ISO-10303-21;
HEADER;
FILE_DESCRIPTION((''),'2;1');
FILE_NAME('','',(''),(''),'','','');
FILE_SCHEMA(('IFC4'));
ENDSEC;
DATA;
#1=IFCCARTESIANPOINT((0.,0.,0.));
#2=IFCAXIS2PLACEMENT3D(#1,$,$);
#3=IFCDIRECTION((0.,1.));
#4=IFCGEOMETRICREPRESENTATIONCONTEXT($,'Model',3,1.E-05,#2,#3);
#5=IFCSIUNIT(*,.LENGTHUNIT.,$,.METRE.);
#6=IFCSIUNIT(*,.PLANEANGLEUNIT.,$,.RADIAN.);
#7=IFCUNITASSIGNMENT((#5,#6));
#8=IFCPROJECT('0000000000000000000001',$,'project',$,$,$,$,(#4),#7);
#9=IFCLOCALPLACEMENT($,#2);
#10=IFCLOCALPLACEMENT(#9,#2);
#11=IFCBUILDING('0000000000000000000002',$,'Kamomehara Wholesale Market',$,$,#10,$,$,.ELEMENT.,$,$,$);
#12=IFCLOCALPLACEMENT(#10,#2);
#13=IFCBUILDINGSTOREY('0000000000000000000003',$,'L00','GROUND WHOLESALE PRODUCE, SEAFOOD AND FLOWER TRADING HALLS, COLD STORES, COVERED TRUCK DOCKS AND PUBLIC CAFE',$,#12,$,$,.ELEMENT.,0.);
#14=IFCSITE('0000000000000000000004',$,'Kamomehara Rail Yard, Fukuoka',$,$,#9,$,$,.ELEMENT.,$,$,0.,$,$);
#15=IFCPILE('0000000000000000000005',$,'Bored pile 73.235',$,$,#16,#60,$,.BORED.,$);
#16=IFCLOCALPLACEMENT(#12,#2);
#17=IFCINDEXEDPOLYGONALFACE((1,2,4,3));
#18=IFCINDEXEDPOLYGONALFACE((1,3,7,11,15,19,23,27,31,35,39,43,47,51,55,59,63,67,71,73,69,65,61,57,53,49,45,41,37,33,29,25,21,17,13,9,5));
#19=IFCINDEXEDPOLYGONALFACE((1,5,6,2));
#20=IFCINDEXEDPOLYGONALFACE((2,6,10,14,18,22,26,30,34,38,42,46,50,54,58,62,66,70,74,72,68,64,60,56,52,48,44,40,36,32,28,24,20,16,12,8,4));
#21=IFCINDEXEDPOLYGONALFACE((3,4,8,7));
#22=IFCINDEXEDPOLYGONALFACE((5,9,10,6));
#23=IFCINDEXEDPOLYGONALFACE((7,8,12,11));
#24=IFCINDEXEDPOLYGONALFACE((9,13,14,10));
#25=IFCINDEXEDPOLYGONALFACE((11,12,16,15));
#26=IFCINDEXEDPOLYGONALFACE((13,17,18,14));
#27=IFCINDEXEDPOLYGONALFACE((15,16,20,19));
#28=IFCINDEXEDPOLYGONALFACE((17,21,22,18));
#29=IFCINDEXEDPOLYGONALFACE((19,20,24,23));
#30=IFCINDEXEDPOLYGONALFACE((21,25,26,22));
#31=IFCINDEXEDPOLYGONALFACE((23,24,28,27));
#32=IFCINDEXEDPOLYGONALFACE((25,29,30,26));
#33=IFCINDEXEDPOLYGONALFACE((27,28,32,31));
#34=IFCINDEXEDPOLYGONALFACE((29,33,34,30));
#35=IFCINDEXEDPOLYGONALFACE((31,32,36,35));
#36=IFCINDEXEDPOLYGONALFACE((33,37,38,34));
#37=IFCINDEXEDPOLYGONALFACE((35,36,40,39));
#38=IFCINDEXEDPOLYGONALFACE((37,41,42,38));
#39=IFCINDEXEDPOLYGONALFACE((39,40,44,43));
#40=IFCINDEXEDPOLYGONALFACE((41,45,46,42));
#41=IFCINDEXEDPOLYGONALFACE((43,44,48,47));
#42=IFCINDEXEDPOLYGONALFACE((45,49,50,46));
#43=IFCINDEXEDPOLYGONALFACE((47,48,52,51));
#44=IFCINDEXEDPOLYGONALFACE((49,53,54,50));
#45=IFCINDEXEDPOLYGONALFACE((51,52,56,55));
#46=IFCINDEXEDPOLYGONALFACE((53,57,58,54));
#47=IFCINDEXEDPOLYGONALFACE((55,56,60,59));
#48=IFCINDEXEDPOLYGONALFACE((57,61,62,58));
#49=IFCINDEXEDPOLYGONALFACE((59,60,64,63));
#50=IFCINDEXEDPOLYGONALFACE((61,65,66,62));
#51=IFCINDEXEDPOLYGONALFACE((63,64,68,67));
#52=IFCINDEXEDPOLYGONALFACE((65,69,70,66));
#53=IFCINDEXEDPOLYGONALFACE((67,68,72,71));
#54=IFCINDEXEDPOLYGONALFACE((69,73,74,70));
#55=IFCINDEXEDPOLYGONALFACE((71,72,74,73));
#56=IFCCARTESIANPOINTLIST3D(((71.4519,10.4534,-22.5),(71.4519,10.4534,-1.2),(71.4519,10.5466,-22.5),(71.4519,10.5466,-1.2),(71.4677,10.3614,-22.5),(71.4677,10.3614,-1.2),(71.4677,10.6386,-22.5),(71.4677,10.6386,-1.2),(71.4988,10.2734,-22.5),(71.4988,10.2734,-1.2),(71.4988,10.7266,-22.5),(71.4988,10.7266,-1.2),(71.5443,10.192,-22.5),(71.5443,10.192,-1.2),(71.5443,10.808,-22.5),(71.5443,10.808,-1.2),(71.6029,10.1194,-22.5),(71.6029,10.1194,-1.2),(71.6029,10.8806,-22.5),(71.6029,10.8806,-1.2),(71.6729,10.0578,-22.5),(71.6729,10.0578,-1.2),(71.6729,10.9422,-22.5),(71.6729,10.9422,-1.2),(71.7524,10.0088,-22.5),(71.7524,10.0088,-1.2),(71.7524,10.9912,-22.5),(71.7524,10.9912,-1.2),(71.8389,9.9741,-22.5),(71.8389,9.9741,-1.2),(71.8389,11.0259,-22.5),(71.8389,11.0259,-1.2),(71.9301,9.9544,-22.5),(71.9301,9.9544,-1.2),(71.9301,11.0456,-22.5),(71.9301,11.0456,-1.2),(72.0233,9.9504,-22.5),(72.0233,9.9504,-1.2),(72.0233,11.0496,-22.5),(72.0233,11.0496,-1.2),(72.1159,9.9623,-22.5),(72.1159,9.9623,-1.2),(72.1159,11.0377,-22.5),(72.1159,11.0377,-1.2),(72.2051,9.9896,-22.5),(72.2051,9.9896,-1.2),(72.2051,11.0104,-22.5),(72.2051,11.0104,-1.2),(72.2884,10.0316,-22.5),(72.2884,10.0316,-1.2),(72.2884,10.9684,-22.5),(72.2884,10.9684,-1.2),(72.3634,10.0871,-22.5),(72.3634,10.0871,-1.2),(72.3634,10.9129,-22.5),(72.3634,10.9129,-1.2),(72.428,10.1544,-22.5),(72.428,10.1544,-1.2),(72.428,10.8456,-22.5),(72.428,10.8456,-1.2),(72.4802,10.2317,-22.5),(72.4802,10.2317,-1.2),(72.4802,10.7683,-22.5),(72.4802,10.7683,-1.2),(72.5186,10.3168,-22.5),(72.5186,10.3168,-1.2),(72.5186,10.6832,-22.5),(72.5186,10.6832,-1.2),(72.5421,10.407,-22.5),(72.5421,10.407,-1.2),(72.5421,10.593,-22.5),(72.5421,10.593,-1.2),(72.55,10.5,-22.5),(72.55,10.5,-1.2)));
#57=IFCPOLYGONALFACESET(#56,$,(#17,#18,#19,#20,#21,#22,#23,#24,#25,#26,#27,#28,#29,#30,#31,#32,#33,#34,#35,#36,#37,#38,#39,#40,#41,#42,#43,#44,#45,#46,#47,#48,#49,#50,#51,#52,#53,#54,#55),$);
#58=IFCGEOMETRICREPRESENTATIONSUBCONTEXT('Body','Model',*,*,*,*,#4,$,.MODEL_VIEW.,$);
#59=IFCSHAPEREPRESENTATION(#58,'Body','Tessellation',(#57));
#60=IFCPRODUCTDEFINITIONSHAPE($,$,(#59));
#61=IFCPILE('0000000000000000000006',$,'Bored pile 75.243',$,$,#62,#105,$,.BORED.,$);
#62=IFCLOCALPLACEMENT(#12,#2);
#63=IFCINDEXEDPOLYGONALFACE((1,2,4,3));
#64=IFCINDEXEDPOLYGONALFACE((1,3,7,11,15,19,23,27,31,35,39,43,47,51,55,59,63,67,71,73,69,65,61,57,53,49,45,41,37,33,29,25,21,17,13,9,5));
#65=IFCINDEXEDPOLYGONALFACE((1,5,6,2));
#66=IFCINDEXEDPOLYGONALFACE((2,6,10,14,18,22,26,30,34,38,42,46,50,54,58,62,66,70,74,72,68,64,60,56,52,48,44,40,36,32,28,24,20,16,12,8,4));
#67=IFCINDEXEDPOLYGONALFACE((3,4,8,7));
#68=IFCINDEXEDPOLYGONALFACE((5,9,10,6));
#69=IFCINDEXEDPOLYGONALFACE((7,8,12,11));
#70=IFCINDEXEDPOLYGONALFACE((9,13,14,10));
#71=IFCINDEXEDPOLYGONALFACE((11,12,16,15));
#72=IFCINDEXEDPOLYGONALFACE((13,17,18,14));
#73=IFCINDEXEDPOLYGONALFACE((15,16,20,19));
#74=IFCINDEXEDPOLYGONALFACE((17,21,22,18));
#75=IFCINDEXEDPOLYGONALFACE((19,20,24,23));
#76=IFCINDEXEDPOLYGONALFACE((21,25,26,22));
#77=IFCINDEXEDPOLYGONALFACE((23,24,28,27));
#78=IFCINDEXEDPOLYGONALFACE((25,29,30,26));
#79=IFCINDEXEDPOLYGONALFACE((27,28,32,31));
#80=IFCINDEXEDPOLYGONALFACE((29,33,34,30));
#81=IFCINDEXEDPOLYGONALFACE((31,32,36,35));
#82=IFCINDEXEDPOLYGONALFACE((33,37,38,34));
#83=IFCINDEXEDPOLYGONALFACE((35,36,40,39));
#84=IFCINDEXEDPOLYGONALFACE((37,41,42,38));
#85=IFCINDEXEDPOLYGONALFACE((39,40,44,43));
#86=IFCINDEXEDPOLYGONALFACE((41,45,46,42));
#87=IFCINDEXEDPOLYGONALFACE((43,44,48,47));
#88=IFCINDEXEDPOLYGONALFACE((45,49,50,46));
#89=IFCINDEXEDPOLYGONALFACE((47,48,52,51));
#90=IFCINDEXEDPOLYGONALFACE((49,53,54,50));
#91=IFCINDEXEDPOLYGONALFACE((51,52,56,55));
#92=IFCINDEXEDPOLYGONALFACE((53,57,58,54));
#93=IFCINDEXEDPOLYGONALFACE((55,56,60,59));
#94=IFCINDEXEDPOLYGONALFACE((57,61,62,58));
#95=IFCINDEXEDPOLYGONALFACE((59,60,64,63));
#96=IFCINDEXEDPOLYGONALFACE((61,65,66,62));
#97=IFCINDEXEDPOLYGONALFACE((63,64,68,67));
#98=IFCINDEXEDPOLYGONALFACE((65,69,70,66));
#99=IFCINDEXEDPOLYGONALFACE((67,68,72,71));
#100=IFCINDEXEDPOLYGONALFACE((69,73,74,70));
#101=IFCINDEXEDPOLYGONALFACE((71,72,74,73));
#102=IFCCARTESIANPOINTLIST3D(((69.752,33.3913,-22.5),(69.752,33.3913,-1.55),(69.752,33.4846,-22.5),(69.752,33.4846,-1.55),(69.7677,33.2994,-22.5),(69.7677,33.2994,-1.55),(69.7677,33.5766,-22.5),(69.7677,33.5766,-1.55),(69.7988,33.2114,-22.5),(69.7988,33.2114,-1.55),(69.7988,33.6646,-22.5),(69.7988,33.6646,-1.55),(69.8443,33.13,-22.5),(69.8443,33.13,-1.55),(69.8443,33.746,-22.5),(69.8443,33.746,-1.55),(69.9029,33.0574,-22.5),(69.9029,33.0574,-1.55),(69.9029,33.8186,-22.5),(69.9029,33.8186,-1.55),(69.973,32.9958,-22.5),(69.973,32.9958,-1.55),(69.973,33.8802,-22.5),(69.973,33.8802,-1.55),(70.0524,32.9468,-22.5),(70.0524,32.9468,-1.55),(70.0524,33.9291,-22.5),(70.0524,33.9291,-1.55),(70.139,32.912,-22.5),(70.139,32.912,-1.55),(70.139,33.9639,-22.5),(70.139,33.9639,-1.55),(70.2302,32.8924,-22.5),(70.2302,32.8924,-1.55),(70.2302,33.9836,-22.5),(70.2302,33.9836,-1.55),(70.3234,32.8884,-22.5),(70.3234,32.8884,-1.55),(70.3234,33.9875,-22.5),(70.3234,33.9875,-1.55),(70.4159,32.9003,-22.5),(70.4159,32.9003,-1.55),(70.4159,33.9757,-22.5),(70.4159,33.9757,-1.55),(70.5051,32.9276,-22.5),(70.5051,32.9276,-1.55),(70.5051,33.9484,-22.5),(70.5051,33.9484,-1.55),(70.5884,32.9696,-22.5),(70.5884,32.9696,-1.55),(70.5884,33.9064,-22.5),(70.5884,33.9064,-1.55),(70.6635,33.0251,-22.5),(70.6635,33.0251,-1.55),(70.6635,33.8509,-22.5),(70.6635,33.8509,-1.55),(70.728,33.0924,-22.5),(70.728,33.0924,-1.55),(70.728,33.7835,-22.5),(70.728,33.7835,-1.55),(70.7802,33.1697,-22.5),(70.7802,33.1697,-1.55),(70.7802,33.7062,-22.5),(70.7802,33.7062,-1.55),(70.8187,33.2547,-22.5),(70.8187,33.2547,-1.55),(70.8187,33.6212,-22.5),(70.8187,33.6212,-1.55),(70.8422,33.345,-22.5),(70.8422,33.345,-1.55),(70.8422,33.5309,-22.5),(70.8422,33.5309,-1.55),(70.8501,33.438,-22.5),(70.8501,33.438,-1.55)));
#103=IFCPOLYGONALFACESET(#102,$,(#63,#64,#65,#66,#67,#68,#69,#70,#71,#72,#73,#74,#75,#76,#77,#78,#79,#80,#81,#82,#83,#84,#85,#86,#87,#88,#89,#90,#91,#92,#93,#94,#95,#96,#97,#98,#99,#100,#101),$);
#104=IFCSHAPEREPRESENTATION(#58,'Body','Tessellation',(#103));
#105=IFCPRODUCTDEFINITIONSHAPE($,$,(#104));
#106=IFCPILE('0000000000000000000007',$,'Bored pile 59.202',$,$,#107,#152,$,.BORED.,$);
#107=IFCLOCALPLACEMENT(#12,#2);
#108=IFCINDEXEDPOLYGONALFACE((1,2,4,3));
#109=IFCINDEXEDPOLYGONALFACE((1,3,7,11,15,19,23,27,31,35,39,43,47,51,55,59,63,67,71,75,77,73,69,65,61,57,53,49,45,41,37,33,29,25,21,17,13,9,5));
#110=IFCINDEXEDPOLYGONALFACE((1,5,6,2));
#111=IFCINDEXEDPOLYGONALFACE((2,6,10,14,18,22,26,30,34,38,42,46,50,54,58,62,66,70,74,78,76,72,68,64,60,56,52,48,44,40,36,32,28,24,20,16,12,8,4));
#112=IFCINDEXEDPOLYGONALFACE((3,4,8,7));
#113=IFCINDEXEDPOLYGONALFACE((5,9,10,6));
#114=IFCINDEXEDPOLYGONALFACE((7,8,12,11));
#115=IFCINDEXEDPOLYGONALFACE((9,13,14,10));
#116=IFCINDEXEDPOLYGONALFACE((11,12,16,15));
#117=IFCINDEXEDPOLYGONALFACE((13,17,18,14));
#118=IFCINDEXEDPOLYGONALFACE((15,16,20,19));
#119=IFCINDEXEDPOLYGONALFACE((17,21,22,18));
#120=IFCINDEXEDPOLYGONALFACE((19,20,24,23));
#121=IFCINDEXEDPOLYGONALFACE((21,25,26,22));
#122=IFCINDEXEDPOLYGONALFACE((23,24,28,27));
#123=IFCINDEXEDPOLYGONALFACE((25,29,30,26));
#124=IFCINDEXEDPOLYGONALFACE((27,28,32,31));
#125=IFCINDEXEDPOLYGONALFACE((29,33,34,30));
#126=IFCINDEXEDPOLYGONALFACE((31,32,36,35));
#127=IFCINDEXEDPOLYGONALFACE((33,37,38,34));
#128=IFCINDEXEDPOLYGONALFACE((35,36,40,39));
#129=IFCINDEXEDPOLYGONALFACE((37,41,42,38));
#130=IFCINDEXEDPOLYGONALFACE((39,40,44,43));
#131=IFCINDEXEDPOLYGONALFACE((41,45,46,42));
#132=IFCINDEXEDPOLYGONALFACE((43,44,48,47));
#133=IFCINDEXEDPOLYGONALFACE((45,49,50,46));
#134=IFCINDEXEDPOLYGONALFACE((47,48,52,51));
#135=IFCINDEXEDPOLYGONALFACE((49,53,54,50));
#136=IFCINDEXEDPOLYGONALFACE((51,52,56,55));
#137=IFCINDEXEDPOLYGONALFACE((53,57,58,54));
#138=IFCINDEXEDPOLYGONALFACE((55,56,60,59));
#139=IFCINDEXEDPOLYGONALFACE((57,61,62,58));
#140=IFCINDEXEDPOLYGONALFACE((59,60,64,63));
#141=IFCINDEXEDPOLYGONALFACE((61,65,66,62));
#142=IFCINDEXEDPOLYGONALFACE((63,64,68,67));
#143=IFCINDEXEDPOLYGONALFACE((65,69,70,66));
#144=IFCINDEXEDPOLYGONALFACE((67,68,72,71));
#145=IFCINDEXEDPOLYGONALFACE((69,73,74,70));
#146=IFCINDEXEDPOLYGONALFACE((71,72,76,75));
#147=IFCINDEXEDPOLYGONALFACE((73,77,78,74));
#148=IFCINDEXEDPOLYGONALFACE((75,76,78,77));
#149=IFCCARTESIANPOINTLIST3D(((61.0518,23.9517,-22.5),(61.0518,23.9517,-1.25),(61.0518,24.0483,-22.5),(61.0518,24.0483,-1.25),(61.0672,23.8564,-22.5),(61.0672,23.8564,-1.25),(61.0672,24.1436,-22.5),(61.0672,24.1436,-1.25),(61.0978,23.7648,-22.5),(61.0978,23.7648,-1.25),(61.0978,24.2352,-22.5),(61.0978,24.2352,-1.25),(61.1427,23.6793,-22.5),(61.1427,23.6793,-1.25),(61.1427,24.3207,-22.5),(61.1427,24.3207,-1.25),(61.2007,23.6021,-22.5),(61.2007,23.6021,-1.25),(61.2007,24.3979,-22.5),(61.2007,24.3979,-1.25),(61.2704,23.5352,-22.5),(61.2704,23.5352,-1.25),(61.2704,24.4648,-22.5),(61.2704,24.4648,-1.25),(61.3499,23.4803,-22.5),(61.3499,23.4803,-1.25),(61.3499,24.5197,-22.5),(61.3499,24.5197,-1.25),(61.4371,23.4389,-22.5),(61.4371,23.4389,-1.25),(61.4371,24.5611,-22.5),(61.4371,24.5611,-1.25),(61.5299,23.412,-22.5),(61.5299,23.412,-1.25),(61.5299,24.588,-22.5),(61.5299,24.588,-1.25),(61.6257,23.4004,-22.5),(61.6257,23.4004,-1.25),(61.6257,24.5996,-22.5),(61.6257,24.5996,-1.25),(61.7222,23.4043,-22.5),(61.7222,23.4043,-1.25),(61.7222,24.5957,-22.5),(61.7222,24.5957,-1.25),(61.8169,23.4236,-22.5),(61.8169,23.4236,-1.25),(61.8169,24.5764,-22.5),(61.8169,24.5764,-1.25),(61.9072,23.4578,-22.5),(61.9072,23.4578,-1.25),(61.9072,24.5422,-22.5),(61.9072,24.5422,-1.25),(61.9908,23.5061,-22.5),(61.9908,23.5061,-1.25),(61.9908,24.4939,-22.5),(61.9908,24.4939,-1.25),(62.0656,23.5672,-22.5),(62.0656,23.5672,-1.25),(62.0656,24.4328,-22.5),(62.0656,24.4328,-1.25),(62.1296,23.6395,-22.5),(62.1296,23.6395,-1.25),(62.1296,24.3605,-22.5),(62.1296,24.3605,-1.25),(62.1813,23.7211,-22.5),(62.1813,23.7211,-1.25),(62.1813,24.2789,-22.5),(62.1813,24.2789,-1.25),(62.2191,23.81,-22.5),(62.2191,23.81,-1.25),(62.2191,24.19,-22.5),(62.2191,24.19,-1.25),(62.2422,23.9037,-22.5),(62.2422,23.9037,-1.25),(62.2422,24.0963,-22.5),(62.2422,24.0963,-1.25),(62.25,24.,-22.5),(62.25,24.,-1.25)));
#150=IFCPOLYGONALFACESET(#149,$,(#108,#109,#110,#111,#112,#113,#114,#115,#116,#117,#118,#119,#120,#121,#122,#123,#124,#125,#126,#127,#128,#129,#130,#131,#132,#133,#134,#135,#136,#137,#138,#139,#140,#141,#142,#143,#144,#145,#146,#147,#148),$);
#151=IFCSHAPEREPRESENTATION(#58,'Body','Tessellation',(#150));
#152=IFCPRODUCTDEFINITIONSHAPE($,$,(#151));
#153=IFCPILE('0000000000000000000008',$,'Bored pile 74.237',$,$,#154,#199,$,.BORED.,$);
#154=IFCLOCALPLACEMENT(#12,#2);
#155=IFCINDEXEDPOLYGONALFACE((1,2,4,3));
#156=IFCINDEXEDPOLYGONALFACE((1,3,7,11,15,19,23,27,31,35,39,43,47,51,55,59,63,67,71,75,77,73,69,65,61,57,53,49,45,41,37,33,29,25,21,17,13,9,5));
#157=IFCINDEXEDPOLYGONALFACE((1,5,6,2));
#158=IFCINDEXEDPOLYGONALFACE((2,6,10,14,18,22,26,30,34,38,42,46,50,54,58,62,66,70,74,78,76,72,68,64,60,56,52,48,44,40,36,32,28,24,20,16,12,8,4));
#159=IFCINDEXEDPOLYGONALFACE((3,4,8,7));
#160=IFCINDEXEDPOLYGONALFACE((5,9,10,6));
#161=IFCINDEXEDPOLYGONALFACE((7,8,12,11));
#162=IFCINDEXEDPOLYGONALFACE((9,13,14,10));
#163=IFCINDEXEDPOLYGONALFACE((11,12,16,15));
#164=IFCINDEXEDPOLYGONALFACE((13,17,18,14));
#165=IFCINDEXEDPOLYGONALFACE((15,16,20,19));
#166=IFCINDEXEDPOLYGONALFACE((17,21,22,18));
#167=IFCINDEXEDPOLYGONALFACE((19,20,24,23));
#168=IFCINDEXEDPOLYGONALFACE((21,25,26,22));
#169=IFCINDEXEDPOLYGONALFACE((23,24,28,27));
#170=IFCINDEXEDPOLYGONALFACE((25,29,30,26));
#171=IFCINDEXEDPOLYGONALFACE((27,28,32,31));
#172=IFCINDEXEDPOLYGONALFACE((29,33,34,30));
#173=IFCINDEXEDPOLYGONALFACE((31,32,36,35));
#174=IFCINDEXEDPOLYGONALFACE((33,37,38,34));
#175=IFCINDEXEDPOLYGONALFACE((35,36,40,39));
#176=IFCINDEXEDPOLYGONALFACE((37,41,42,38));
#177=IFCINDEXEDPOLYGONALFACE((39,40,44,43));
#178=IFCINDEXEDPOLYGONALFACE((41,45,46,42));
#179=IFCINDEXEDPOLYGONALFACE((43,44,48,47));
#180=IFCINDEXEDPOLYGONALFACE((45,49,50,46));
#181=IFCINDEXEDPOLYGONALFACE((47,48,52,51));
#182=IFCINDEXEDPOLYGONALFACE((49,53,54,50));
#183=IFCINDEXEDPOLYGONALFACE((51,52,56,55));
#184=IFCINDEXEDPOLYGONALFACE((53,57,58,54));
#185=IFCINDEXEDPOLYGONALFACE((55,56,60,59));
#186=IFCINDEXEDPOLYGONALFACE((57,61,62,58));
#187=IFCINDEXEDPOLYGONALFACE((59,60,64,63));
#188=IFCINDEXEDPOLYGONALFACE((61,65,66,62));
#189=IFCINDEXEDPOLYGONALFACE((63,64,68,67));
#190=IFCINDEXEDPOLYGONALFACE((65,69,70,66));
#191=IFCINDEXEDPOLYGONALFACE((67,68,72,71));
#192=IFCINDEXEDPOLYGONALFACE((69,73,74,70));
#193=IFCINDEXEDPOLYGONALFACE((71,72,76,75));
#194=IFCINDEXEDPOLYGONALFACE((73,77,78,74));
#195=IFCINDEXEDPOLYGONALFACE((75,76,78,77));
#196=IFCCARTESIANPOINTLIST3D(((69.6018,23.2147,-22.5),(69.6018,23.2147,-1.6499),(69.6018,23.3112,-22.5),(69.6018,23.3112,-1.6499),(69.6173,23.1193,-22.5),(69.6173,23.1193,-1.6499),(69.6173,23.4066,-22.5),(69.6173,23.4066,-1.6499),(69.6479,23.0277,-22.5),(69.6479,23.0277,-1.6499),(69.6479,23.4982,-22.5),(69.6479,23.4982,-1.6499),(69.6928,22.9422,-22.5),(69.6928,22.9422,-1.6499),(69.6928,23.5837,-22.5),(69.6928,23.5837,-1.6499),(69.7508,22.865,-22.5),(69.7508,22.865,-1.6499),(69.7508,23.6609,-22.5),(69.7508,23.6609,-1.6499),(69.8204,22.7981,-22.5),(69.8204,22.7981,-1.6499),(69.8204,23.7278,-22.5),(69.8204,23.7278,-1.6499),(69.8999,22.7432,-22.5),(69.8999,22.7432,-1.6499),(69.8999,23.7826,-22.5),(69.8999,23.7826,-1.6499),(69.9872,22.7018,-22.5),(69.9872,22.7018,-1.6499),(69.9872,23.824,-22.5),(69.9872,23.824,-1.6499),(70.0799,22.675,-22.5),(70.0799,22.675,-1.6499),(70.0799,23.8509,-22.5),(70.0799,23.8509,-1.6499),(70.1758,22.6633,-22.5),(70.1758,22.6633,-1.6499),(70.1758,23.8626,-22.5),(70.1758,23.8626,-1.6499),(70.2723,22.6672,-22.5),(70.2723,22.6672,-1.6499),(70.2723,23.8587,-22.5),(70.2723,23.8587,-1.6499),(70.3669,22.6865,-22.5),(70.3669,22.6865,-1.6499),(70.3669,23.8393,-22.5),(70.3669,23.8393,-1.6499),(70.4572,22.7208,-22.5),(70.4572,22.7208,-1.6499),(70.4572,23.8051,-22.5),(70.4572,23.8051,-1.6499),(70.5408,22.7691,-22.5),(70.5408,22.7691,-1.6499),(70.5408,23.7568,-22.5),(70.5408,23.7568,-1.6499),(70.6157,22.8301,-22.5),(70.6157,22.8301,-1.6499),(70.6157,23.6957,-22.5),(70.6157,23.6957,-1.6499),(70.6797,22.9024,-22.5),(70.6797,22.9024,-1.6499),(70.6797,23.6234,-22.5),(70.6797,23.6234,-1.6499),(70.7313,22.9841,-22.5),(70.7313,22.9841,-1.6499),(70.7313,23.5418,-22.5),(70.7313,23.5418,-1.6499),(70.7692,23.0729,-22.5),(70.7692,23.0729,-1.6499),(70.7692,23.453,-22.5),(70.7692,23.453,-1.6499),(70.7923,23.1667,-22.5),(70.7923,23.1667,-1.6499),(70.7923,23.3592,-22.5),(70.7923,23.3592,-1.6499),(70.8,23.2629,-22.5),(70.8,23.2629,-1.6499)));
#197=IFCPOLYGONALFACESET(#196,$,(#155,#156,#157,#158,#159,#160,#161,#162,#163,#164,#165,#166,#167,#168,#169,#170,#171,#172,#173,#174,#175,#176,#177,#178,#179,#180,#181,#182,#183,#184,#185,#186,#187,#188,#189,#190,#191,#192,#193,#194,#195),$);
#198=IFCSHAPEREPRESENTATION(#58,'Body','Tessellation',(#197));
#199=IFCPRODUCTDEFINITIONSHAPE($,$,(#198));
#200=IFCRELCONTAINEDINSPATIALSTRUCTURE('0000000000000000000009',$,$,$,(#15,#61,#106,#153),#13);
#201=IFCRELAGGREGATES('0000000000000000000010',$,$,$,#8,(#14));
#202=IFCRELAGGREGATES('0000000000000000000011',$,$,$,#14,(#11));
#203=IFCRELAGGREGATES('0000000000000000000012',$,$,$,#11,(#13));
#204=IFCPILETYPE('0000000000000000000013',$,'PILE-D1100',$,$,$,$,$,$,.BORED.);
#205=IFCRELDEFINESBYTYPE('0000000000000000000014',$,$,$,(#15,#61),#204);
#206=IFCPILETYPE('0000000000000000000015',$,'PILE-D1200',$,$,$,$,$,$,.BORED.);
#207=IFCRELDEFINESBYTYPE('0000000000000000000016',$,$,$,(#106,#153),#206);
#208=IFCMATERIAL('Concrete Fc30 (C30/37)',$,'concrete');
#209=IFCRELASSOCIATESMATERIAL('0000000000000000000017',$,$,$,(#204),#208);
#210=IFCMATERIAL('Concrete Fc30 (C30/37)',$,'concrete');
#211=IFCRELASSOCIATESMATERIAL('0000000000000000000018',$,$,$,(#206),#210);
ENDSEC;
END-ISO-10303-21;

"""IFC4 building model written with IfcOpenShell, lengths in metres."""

from ifc_helpers import new_model, si_unit, direction, frame, origin, origin_2d, place, context, subcontext, project, spatial, circle, extrude, material, material_profile, profile_set, type_object, element, save


model = new_model("IFC4")

# Units and contexts
model_context = context("Model", 3, precision=1e-05, world=origin(), true_north=direction((0.0, 1.0)))
body_context = subcontext(model_context, "Body", "Model", "MODEL_VIEW")
ifc_project = project(units=[si_unit("LENGTHUNIT", "METRE"), si_unit("PLANEANGLEUNIT", "RADIAN")], contexts=[model_context])

# Site, building, storey
site_placement = place(None, origin())
site = spatial("IfcSite", under=ifc_project, at=site_placement, Name="Kamomehara Rail Yard, Fukuoka", CompositionType="ELEMENT", RefElevation=0.0)
building_placement = place(site_placement, origin())
building = spatial("IfcBuilding", under=site, at=building_placement, Name="Kamomehara Wholesale Market", CompositionType="ELEMENT")
storey_placement = place(building_placement, origin())
storey = spatial("IfcBuildingStorey", under=building, at=storey_placement, Name="L00", Description="GROUND WHOLESALE PRODUCE, SEAFOOD AND FLOWER TRADING HALLS, COLD STORES, COVERED TRUCK DOCKS AND PUBLIC CAFE", CompositionType="ELEMENT", Elevation=0.0)

# Piles
ifc_material_1 = material(Name="Concrete Fc30 (C30/37)", Category="concrete")
ifc_material_profile_1 = material_profile(ifc_material_1, circle(Radius=0.55, at=origin_2d()), Name="RC-PILE-D1100")
ifc_profile_set_1 = profile_set([ifc_material_profile_1], Name="Concrete Fc30 (C30/37)")
pile_type_1 = type_object("IfcPileType", Name="PILE-D1100", PredefinedType="BORED", material=ifc_profile_set_1)
for number, where, z_axis, x_axis, name in (
    (1, (72.0, 10.5, -1.2), (0.0, 0.0, -1.0), (1.0, 0.0, 0.0), "Bored pile 73.235"),
):
    element("IfcPile", number, at=place(storey_placement, frame(where, z_axis=z_axis, x_axis=x_axis)), inside=storey, type_object=pile_type_1, Name=name, PredefinedType="BORED", context=body_context, shape_type="SweptSolid", body=[
        extrude(circle(Radius=0.55, at=origin_2d()), origin(), (0.0, 0.0, 1.0), 21.3),
    ])
pile_1_placement = place(storey_placement, frame((70.3, 33.438, -1.55), z_axis=(0.0, 0.0, -1.0), x_axis=(1.0, 0.0, 0.0)))
element("IfcPile", 2, at=pile_1_placement, inside=storey, type_object=pile_type_1, Name="Bored pile 75.243", PredefinedType="BORED", context=body_context, shape_type="SweptSolid", body=[
    extrude(circle(Radius=0.55, at=origin_2d()), origin(), (0.0, 0.0, 1.0), 20.95),
])
ifc_material_2 = material(Name="Concrete Fc30 (C30/37)", Category="concrete")
ifc_material_profile_2 = material_profile(ifc_material_2, circle(Radius=0.6001, at=origin_2d()), Name="RC-PILE-D1200")
ifc_profile_set_2 = profile_set([ifc_material_profile_2], Name="Concrete Fc30 (C30/37)")
pile_type_2 = type_object("IfcPileType", Name="PILE-D1200", PredefinedType="BORED", material=ifc_profile_set_2)
pile_2_placement = place(storey_placement, frame((61.6499, 24.0, -1.25), z_axis=(0.0, 0.0, -1.0), x_axis=(1.0, 0.0, 0.0)))
element("IfcPile", 3, at=pile_2_placement, inside=storey, type_object=pile_type_2, Name="Bored pile 59.202", PredefinedType="BORED", context=body_context, shape_type="SweptSolid", body=[
    extrude(circle(Radius=0.6001, at=origin_2d()), origin(), (0.0, 0.0, 1.0), 21.25),
])
for number, where, z_axis, x_axis, name in (
    (4, (70.2, 23.2629, -1.6499), (0.0, 0.0, -1.0), (1.0, 0.0, 0.0), "Bored pile 74.237"),
):
    element("IfcPile", number, at=place(storey_placement, frame(where, z_axis=z_axis, x_axis=x_axis)), inside=storey, type_object=pile_type_2, Name=name, PredefinedType="BORED", context=body_context, shape_type="SweptSolid", body=[
        extrude(circle(Radius=0.6001, at=origin_2d()), origin(), (0.0, 0.0, 1.0), 20.8501),
    ])

save(model, "model.ifc")
